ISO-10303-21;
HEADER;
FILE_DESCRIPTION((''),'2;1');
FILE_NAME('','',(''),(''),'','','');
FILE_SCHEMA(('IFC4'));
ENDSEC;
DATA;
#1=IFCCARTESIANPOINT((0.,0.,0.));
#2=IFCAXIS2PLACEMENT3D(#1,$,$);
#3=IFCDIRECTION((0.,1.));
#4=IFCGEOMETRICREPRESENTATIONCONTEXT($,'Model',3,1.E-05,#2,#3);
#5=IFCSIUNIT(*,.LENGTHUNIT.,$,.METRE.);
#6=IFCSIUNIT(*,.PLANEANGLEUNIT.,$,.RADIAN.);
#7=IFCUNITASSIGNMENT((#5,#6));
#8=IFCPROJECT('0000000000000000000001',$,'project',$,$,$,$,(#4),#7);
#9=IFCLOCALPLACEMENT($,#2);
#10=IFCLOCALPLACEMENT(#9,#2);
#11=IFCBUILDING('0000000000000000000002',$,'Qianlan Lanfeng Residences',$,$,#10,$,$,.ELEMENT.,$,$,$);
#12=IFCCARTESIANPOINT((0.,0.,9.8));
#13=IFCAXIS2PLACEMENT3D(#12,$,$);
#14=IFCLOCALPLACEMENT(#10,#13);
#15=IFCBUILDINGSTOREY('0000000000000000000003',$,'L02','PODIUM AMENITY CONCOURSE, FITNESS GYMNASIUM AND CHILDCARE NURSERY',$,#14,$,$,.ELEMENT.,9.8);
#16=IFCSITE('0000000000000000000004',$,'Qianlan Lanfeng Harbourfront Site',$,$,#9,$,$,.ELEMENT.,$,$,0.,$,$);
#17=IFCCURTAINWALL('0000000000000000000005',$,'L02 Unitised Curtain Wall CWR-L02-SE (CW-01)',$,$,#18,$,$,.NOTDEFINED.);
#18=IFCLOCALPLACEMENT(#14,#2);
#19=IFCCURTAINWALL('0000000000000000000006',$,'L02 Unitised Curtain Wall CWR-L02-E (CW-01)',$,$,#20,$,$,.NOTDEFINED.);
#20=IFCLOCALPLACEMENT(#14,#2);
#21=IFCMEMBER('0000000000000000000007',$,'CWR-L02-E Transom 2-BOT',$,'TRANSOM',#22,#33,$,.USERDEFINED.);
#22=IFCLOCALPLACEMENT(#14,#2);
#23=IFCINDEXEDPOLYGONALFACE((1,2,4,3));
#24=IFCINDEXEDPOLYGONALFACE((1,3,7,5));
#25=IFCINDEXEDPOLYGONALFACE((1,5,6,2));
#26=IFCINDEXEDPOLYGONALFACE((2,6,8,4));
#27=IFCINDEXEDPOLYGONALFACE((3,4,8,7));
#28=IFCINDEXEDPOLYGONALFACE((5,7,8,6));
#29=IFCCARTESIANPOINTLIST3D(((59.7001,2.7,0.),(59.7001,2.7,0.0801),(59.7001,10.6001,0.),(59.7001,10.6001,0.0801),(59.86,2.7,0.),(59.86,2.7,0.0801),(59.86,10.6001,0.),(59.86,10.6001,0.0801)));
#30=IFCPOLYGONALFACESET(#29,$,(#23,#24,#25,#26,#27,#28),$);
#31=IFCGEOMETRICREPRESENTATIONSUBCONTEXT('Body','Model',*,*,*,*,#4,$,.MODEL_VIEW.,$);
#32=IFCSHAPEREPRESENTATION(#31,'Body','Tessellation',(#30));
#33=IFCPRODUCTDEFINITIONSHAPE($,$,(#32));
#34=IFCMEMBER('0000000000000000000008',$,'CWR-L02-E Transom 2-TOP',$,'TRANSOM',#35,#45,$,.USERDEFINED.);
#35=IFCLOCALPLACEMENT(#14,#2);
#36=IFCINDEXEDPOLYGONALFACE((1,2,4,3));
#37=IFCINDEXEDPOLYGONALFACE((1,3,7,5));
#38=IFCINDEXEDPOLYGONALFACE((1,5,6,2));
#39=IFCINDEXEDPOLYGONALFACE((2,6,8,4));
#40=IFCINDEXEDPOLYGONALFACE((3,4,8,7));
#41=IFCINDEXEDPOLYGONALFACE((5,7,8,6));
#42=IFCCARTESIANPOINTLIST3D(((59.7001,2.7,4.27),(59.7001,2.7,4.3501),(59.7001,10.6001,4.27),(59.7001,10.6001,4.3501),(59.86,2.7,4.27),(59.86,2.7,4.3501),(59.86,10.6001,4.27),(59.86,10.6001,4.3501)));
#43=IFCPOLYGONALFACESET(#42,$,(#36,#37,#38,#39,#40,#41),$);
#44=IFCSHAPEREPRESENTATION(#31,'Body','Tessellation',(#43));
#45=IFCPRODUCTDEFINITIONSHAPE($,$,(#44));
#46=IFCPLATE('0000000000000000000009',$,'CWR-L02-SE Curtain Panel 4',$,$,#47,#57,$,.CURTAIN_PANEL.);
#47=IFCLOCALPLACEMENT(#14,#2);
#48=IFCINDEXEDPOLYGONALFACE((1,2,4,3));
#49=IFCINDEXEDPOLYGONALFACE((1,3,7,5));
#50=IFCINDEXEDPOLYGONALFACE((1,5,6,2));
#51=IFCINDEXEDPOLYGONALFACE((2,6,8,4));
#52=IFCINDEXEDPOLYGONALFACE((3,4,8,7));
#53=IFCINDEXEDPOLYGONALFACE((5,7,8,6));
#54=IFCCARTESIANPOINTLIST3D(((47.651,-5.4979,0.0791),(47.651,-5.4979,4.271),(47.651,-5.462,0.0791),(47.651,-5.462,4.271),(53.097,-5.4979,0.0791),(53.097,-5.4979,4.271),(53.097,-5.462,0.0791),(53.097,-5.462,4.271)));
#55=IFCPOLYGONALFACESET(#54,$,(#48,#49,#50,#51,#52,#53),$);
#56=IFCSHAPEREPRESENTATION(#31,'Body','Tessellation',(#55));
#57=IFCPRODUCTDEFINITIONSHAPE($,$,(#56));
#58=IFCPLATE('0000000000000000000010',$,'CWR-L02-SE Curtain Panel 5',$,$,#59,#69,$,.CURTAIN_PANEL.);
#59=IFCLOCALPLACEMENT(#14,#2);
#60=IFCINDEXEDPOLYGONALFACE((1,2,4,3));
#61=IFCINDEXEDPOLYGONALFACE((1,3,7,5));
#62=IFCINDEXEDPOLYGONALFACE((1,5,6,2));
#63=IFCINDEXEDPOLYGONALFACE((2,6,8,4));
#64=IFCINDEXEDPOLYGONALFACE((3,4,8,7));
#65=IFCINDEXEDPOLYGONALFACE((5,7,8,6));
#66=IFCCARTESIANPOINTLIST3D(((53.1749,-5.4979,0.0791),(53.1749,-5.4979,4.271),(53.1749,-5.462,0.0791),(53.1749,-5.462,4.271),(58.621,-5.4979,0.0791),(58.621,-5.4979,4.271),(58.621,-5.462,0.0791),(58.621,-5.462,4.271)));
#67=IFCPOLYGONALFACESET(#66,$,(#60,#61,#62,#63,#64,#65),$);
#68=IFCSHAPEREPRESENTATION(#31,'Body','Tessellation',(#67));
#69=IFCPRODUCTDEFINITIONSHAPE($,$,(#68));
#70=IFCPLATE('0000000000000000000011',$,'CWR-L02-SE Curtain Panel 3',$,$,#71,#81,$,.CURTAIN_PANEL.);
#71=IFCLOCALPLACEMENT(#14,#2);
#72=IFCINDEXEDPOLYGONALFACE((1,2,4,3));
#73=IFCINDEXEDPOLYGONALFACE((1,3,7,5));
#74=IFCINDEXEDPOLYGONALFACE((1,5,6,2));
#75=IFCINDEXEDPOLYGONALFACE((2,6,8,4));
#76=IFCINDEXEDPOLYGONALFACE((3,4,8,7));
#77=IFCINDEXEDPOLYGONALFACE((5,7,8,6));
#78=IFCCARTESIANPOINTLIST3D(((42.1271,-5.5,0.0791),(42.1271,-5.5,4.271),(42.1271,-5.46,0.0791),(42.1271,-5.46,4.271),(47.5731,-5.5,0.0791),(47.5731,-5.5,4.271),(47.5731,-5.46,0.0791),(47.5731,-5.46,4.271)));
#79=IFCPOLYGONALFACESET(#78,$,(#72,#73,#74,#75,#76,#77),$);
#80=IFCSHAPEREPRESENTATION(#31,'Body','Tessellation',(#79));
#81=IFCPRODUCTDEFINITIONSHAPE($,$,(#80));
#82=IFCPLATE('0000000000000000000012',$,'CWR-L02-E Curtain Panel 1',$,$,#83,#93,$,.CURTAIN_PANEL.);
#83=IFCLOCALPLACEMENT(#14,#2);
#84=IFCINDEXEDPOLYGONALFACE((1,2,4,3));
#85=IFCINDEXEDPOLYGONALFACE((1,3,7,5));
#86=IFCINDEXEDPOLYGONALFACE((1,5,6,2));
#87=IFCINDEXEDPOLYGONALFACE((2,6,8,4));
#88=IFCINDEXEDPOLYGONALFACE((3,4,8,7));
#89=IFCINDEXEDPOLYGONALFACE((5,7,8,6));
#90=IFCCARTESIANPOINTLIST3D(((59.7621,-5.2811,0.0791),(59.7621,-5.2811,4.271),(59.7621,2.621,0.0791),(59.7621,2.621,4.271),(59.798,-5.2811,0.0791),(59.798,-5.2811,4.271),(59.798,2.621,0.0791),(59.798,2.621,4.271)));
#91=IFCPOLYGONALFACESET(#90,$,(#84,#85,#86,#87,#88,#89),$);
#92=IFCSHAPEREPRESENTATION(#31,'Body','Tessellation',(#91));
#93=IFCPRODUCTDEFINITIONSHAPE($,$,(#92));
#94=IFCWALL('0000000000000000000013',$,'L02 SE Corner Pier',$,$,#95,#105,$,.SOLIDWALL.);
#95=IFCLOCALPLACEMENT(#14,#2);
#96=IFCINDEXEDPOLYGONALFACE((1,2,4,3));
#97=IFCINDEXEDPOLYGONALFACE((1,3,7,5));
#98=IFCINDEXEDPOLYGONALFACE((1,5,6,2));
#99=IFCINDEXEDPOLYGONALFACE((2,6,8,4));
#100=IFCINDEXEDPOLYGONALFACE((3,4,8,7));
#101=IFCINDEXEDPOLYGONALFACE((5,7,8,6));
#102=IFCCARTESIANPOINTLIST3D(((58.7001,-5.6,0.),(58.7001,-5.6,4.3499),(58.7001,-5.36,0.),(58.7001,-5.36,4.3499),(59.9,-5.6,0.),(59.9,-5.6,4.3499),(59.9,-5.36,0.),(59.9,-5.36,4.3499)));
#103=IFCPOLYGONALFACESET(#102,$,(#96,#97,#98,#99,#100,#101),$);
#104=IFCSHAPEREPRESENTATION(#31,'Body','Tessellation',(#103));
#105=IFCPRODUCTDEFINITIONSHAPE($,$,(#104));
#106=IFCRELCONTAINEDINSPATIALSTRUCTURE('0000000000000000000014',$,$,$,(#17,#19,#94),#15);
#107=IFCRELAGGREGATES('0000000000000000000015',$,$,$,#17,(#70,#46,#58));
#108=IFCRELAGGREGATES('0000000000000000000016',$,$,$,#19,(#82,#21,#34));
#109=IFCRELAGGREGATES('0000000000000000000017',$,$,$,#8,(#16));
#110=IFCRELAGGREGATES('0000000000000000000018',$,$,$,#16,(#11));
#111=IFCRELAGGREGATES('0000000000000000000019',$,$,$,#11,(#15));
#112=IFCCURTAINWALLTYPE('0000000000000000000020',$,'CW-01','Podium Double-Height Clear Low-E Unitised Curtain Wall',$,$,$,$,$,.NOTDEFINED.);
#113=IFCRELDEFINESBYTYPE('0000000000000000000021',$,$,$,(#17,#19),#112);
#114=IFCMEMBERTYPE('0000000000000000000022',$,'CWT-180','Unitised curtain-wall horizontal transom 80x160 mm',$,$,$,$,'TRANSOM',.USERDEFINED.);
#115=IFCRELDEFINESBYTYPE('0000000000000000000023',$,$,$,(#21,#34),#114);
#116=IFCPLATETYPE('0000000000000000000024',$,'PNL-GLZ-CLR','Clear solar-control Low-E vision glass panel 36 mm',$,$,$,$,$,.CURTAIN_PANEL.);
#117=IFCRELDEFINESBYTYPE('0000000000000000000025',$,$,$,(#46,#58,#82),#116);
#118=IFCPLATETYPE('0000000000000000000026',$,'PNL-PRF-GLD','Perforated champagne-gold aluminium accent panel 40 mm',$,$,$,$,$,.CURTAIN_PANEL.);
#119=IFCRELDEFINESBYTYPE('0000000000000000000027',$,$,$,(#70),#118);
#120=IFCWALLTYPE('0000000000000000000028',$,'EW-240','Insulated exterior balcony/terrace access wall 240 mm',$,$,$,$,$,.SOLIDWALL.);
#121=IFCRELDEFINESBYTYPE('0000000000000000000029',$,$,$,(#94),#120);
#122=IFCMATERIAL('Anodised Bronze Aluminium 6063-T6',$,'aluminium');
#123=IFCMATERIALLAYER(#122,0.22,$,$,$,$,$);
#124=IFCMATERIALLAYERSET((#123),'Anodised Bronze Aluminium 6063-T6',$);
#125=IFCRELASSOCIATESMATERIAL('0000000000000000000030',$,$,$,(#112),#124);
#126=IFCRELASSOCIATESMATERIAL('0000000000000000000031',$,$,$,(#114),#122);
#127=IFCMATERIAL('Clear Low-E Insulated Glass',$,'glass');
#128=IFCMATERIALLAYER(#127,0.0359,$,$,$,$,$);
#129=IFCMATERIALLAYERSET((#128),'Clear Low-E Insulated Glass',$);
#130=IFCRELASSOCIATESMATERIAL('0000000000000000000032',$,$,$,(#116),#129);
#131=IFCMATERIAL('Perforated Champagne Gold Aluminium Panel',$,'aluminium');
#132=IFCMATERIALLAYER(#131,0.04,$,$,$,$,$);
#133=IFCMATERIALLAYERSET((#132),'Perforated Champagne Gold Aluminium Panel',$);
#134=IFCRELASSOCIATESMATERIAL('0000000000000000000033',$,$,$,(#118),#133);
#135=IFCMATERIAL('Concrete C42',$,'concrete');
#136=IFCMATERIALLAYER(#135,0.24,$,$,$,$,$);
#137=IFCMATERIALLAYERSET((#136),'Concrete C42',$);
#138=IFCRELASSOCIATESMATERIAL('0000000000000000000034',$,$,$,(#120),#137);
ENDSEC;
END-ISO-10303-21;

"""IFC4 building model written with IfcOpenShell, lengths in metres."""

from ifc_helpers import new_model, si_unit, direction, frame, frame_2d, origin, origin_2d, place, context, subcontext, project, spatial, rectangle, extrude, source, transform, mapped, material, layer, layer_set, material_profile, profile_set, type_object, element, aggregate, save


model = new_model("IFC4")

# Units and contexts
model_context = context("Model", 3, precision=1e-05, world=origin(), true_north=direction((0.0, 1.0)))
body_context = subcontext(model_context, "Body", "Model", "MODEL_VIEW")
ifc_project = project(units=[si_unit("LENGTHUNIT", "METRE"), si_unit("PLANEANGLEUNIT", "RADIAN")], contexts=[model_context])

# Site, building, storey
site_placement = place(None, origin())
site = spatial("IfcSite", under=ifc_project, at=site_placement, Name="Qianlan Lanfeng Harbourfront Site", CompositionType="ELEMENT", RefElevation=0.0)
building_placement = place(site_placement, origin())
building = spatial("IfcBuilding", under=site, at=building_placement, Name="Qianlan Lanfeng Residences", CompositionType="ELEMENT")
storey_placement = place(building_placement, frame((0.0, 0.0, 9.8)))
storey = spatial("IfcBuildingStorey", under=building, at=storey_placement, Name="L02", Description="PODIUM AMENITY CONCOURSE, FITNESS GYMNASIUM AND CHILDCARE NURSERY", CompositionType="ELEMENT", Elevation=9.8)

# Curtain walls
ifc_material_1 = material(Name="Anodised Bronze Aluminium 6063-T6", Category="aluminium")
ifc_layer_1 = layer(ifc_material_1, 0.22)
ifc_layer_set_1 = layer_set([ifc_layer_1], Name="Anodised Bronze Aluminium 6063-T6")
curtain_wall_type = type_object("IfcCurtainWallType", Name="CW-01", Description="Podium Double-Height Clear Low-E Unitised Curtain Wall", PredefinedType="NOTDEFINED", material=ifc_layer_set_1)
curtain_wall_1_placement = place(storey_placement, origin())
curtain_wall_1 = element("IfcCurtainWall", 1, at=curtain_wall_1_placement, inside=storey, type_object=curtain_wall_type, Name="L02 Unitised Curtain Wall CWR-L02-SE (CW-01)", PredefinedType="NOTDEFINED")
curtain_wall_2_placement = place(storey_placement, origin())
curtain_wall_2 = element("IfcCurtainWall", 2, at=curtain_wall_2_placement, inside=storey, type_object=curtain_wall_type, Name="L02 Unitised Curtain Wall CWR-L02-E (CW-01)", PredefinedType="NOTDEFINED")

# Members
ifc_material_profile_1 = material_profile(ifc_material_1, rectangle(XDim=0.0801, YDim=0.1599, at=origin_2d()), Name="ALU TRANSOM 80x160")
ifc_profile_set_1 = profile_set([ifc_material_profile_1], Name="Anodised Bronze Aluminium 6063-T6")
member_type_1 = type_object("IfcMemberType", Name="CWT-180", Description="Unitised curtain-wall horizontal transom 80x160 mm", ElementType="TRANSOM", PredefinedType="USERDEFINED", material=ifc_profile_set_1)
shared_shape_1 = source(origin(), body_context, "Body", "SweptSolid", [
    extrude(rectangle(XDim=0.0801, YDim=0.1599, at=origin_2d()), origin(), (0.0, 0.0, 1.0), 7.9001),
])
member_1_placement = place(storey_placement, frame((59.78, 2.7, 0.04), z_axis=(0.0, 1.0, 0.0), x_axis=(0.0, 0.0, 1.0)))
member_1 = element("IfcMember", 3, at=member_1_placement, type_object=member_type_1, Name="CWR-L02-E Transom 2-BOT", ObjectType="TRANSOM", PredefinedType="USERDEFINED", context=body_context, shape_type="MappedRepresentation", body=[
    mapped(shared_shape_1, transform((0.0, 0.0, 0.0), scale=1.0)),
])
member_2_placement = place(storey_placement, frame((59.78, 2.7, 4.3101), z_axis=(0.0, 1.0, 0.0), x_axis=(0.0, 0.0, 1.0)))
member_2 = element("IfcMember", 4, at=member_2_placement, type_object=member_type_1, Name="CWR-L02-E Transom 2-TOP", ObjectType="TRANSOM", PredefinedType="USERDEFINED", context=body_context, shape_type="MappedRepresentation", body=[
    mapped(shared_shape_1, transform((0.0, 0.0, 0.0), scale=1.0)),
])

# Plates
ifc_material_2 = material(Name="Clear Low-E Insulated Glass", Category="glass")
ifc_layer_2 = layer(ifc_material_2, 0.0359)
ifc_layer_set_2 = layer_set([ifc_layer_2], Name="Clear Low-E Insulated Glass")
plate_type_1 = type_object("IfcPlateType", Name="PNL-GLZ-CLR", Description="Clear solar-control Low-E vision glass panel 36 mm", PredefinedType="CURTAIN_PANEL", material=ifc_layer_set_2)
shared_shape_2 = source(origin(), body_context, "Body", "SweptSolid", [
    extrude(rectangle(XDim=5.446, YDim=0.0359, at=origin_2d()), origin(), (0.0, 0.0, 1.0), 4.1919),
])
plate_1_placement = place(storey_placement, frame((50.374, -5.48, 0.0791), z_axis=(0.0, 0.0, 1.0), x_axis=(1.0, 0.0, 0.0)))
plate_1 = element("IfcPlate", 5, at=plate_1_placement, type_object=plate_type_1, Name="CWR-L02-SE Curtain Panel 4", PredefinedType="CURTAIN_PANEL", context=body_context, shape_type="MappedRepresentation", body=[
    mapped(shared_shape_2, transform((0.0, 0.0, 0.0), scale=1.0)),
])
plate_2_placement = place(storey_placement, frame((55.8979, -5.48, 0.0791), z_axis=(0.0, 0.0, 1.0), x_axis=(1.0, 0.0, 0.0)))
plate_2 = element("IfcPlate", 6, at=plate_2_placement, type_object=plate_type_1, Name="CWR-L02-SE Curtain Panel 5", PredefinedType="CURTAIN_PANEL", context=body_context, shape_type="MappedRepresentation", body=[
    mapped(shared_shape_2, transform((0.0, 0.0, 0.0), scale=1.0)),
])
ifc_material_3 = material(Name="Perforated Champagne Gold Aluminium Panel", Category="aluminium")
ifc_layer_3 = layer(ifc_material_3, 0.04)
ifc_layer_set_3 = layer_set([ifc_layer_3], Name="Perforated Champagne Gold Aluminium Panel")
plate_type_2 = type_object("IfcPlateType", Name="PNL-PRF-GLD", Description="Perforated champagne-gold aluminium accent panel 40 mm", PredefinedType="CURTAIN_PANEL", material=ifc_layer_set_3)
shared_shape_3 = source(origin(), body_context, "Body", "SweptSolid", [
    extrude(rectangle(XDim=5.446, YDim=0.04, at=origin_2d()), origin(), (0.0, 0.0, 1.0), 4.1919),
])
plate_3_placement = place(storey_placement, frame((44.8501, -5.48, 0.0791), z_axis=(0.0, 0.0, 1.0), x_axis=(1.0, 0.0, 0.0)))
plate_3 = element("IfcPlate", 7, at=plate_3_placement, type_object=plate_type_2, Name="CWR-L02-SE Curtain Panel 3", PredefinedType="CURTAIN_PANEL", context=body_context, shape_type="MappedRepresentation", body=[
    mapped(shared_shape_3, transform((0.0, 0.0, 0.0), scale=1.0)),
])
aggregate(curtain_wall_1, [plate_3, plate_1, plate_2])
shared_shape_4 = source(origin(), body_context, "Body", "SweptSolid", [
    extrude(rectangle(XDim=7.9021, YDim=0.0359, at=origin_2d()), origin(), (0.0, 0.0, 1.0), 4.1919),
])
plate_4_placement = place(storey_placement, frame((59.78, -1.3301, 0.0791), z_axis=(0.0, 0.0, 1.0), x_axis=(0.0, 1.0, 0.0)))
plate_4 = element("IfcPlate", 8, at=plate_4_placement, type_object=plate_type_1, Name="CWR-L02-E Curtain Panel 1", PredefinedType="CURTAIN_PANEL", context=body_context, shape_type="MappedRepresentation", body=[
    mapped(shared_shape_4, transform((0.0, 0.0, 0.0), scale=1.0)),
])
aggregate(curtain_wall_2, [plate_4, member_1, member_2])

# Wall
ifc_material_4 = material(Name="Concrete C42", Category="concrete")
ifc_layer_4 = layer(ifc_material_4, 0.24)
ifc_layer_set_4 = layer_set([ifc_layer_4], Name="Concrete C42")
wall_type = type_object("IfcWallType", Name="EW-240", Description="Insulated exterior balcony/terrace access wall 240 mm", PredefinedType="SOLIDWALL", material=ifc_layer_set_4)
wall_placement = place(storey_placement, frame((58.7, -5.48, 0.0), z_axis=(0.0, 0.0, 1.0), x_axis=(1.0, 0.0, 0.0)))
element("IfcWall", 9, at=wall_placement, inside=storey, type_object=wall_type, Name="L02 SE Corner Pier", PredefinedType="SOLIDWALL", context=body_context, shape_type="SweptSolid", body=[
    extrude(rectangle(XDim=1.2, YDim=0.24, at=frame_2d((0.6001, 0.0))), origin(), (0.0, 0.0, 1.0), 4.3499),
])

save(model, "model.ifc")
